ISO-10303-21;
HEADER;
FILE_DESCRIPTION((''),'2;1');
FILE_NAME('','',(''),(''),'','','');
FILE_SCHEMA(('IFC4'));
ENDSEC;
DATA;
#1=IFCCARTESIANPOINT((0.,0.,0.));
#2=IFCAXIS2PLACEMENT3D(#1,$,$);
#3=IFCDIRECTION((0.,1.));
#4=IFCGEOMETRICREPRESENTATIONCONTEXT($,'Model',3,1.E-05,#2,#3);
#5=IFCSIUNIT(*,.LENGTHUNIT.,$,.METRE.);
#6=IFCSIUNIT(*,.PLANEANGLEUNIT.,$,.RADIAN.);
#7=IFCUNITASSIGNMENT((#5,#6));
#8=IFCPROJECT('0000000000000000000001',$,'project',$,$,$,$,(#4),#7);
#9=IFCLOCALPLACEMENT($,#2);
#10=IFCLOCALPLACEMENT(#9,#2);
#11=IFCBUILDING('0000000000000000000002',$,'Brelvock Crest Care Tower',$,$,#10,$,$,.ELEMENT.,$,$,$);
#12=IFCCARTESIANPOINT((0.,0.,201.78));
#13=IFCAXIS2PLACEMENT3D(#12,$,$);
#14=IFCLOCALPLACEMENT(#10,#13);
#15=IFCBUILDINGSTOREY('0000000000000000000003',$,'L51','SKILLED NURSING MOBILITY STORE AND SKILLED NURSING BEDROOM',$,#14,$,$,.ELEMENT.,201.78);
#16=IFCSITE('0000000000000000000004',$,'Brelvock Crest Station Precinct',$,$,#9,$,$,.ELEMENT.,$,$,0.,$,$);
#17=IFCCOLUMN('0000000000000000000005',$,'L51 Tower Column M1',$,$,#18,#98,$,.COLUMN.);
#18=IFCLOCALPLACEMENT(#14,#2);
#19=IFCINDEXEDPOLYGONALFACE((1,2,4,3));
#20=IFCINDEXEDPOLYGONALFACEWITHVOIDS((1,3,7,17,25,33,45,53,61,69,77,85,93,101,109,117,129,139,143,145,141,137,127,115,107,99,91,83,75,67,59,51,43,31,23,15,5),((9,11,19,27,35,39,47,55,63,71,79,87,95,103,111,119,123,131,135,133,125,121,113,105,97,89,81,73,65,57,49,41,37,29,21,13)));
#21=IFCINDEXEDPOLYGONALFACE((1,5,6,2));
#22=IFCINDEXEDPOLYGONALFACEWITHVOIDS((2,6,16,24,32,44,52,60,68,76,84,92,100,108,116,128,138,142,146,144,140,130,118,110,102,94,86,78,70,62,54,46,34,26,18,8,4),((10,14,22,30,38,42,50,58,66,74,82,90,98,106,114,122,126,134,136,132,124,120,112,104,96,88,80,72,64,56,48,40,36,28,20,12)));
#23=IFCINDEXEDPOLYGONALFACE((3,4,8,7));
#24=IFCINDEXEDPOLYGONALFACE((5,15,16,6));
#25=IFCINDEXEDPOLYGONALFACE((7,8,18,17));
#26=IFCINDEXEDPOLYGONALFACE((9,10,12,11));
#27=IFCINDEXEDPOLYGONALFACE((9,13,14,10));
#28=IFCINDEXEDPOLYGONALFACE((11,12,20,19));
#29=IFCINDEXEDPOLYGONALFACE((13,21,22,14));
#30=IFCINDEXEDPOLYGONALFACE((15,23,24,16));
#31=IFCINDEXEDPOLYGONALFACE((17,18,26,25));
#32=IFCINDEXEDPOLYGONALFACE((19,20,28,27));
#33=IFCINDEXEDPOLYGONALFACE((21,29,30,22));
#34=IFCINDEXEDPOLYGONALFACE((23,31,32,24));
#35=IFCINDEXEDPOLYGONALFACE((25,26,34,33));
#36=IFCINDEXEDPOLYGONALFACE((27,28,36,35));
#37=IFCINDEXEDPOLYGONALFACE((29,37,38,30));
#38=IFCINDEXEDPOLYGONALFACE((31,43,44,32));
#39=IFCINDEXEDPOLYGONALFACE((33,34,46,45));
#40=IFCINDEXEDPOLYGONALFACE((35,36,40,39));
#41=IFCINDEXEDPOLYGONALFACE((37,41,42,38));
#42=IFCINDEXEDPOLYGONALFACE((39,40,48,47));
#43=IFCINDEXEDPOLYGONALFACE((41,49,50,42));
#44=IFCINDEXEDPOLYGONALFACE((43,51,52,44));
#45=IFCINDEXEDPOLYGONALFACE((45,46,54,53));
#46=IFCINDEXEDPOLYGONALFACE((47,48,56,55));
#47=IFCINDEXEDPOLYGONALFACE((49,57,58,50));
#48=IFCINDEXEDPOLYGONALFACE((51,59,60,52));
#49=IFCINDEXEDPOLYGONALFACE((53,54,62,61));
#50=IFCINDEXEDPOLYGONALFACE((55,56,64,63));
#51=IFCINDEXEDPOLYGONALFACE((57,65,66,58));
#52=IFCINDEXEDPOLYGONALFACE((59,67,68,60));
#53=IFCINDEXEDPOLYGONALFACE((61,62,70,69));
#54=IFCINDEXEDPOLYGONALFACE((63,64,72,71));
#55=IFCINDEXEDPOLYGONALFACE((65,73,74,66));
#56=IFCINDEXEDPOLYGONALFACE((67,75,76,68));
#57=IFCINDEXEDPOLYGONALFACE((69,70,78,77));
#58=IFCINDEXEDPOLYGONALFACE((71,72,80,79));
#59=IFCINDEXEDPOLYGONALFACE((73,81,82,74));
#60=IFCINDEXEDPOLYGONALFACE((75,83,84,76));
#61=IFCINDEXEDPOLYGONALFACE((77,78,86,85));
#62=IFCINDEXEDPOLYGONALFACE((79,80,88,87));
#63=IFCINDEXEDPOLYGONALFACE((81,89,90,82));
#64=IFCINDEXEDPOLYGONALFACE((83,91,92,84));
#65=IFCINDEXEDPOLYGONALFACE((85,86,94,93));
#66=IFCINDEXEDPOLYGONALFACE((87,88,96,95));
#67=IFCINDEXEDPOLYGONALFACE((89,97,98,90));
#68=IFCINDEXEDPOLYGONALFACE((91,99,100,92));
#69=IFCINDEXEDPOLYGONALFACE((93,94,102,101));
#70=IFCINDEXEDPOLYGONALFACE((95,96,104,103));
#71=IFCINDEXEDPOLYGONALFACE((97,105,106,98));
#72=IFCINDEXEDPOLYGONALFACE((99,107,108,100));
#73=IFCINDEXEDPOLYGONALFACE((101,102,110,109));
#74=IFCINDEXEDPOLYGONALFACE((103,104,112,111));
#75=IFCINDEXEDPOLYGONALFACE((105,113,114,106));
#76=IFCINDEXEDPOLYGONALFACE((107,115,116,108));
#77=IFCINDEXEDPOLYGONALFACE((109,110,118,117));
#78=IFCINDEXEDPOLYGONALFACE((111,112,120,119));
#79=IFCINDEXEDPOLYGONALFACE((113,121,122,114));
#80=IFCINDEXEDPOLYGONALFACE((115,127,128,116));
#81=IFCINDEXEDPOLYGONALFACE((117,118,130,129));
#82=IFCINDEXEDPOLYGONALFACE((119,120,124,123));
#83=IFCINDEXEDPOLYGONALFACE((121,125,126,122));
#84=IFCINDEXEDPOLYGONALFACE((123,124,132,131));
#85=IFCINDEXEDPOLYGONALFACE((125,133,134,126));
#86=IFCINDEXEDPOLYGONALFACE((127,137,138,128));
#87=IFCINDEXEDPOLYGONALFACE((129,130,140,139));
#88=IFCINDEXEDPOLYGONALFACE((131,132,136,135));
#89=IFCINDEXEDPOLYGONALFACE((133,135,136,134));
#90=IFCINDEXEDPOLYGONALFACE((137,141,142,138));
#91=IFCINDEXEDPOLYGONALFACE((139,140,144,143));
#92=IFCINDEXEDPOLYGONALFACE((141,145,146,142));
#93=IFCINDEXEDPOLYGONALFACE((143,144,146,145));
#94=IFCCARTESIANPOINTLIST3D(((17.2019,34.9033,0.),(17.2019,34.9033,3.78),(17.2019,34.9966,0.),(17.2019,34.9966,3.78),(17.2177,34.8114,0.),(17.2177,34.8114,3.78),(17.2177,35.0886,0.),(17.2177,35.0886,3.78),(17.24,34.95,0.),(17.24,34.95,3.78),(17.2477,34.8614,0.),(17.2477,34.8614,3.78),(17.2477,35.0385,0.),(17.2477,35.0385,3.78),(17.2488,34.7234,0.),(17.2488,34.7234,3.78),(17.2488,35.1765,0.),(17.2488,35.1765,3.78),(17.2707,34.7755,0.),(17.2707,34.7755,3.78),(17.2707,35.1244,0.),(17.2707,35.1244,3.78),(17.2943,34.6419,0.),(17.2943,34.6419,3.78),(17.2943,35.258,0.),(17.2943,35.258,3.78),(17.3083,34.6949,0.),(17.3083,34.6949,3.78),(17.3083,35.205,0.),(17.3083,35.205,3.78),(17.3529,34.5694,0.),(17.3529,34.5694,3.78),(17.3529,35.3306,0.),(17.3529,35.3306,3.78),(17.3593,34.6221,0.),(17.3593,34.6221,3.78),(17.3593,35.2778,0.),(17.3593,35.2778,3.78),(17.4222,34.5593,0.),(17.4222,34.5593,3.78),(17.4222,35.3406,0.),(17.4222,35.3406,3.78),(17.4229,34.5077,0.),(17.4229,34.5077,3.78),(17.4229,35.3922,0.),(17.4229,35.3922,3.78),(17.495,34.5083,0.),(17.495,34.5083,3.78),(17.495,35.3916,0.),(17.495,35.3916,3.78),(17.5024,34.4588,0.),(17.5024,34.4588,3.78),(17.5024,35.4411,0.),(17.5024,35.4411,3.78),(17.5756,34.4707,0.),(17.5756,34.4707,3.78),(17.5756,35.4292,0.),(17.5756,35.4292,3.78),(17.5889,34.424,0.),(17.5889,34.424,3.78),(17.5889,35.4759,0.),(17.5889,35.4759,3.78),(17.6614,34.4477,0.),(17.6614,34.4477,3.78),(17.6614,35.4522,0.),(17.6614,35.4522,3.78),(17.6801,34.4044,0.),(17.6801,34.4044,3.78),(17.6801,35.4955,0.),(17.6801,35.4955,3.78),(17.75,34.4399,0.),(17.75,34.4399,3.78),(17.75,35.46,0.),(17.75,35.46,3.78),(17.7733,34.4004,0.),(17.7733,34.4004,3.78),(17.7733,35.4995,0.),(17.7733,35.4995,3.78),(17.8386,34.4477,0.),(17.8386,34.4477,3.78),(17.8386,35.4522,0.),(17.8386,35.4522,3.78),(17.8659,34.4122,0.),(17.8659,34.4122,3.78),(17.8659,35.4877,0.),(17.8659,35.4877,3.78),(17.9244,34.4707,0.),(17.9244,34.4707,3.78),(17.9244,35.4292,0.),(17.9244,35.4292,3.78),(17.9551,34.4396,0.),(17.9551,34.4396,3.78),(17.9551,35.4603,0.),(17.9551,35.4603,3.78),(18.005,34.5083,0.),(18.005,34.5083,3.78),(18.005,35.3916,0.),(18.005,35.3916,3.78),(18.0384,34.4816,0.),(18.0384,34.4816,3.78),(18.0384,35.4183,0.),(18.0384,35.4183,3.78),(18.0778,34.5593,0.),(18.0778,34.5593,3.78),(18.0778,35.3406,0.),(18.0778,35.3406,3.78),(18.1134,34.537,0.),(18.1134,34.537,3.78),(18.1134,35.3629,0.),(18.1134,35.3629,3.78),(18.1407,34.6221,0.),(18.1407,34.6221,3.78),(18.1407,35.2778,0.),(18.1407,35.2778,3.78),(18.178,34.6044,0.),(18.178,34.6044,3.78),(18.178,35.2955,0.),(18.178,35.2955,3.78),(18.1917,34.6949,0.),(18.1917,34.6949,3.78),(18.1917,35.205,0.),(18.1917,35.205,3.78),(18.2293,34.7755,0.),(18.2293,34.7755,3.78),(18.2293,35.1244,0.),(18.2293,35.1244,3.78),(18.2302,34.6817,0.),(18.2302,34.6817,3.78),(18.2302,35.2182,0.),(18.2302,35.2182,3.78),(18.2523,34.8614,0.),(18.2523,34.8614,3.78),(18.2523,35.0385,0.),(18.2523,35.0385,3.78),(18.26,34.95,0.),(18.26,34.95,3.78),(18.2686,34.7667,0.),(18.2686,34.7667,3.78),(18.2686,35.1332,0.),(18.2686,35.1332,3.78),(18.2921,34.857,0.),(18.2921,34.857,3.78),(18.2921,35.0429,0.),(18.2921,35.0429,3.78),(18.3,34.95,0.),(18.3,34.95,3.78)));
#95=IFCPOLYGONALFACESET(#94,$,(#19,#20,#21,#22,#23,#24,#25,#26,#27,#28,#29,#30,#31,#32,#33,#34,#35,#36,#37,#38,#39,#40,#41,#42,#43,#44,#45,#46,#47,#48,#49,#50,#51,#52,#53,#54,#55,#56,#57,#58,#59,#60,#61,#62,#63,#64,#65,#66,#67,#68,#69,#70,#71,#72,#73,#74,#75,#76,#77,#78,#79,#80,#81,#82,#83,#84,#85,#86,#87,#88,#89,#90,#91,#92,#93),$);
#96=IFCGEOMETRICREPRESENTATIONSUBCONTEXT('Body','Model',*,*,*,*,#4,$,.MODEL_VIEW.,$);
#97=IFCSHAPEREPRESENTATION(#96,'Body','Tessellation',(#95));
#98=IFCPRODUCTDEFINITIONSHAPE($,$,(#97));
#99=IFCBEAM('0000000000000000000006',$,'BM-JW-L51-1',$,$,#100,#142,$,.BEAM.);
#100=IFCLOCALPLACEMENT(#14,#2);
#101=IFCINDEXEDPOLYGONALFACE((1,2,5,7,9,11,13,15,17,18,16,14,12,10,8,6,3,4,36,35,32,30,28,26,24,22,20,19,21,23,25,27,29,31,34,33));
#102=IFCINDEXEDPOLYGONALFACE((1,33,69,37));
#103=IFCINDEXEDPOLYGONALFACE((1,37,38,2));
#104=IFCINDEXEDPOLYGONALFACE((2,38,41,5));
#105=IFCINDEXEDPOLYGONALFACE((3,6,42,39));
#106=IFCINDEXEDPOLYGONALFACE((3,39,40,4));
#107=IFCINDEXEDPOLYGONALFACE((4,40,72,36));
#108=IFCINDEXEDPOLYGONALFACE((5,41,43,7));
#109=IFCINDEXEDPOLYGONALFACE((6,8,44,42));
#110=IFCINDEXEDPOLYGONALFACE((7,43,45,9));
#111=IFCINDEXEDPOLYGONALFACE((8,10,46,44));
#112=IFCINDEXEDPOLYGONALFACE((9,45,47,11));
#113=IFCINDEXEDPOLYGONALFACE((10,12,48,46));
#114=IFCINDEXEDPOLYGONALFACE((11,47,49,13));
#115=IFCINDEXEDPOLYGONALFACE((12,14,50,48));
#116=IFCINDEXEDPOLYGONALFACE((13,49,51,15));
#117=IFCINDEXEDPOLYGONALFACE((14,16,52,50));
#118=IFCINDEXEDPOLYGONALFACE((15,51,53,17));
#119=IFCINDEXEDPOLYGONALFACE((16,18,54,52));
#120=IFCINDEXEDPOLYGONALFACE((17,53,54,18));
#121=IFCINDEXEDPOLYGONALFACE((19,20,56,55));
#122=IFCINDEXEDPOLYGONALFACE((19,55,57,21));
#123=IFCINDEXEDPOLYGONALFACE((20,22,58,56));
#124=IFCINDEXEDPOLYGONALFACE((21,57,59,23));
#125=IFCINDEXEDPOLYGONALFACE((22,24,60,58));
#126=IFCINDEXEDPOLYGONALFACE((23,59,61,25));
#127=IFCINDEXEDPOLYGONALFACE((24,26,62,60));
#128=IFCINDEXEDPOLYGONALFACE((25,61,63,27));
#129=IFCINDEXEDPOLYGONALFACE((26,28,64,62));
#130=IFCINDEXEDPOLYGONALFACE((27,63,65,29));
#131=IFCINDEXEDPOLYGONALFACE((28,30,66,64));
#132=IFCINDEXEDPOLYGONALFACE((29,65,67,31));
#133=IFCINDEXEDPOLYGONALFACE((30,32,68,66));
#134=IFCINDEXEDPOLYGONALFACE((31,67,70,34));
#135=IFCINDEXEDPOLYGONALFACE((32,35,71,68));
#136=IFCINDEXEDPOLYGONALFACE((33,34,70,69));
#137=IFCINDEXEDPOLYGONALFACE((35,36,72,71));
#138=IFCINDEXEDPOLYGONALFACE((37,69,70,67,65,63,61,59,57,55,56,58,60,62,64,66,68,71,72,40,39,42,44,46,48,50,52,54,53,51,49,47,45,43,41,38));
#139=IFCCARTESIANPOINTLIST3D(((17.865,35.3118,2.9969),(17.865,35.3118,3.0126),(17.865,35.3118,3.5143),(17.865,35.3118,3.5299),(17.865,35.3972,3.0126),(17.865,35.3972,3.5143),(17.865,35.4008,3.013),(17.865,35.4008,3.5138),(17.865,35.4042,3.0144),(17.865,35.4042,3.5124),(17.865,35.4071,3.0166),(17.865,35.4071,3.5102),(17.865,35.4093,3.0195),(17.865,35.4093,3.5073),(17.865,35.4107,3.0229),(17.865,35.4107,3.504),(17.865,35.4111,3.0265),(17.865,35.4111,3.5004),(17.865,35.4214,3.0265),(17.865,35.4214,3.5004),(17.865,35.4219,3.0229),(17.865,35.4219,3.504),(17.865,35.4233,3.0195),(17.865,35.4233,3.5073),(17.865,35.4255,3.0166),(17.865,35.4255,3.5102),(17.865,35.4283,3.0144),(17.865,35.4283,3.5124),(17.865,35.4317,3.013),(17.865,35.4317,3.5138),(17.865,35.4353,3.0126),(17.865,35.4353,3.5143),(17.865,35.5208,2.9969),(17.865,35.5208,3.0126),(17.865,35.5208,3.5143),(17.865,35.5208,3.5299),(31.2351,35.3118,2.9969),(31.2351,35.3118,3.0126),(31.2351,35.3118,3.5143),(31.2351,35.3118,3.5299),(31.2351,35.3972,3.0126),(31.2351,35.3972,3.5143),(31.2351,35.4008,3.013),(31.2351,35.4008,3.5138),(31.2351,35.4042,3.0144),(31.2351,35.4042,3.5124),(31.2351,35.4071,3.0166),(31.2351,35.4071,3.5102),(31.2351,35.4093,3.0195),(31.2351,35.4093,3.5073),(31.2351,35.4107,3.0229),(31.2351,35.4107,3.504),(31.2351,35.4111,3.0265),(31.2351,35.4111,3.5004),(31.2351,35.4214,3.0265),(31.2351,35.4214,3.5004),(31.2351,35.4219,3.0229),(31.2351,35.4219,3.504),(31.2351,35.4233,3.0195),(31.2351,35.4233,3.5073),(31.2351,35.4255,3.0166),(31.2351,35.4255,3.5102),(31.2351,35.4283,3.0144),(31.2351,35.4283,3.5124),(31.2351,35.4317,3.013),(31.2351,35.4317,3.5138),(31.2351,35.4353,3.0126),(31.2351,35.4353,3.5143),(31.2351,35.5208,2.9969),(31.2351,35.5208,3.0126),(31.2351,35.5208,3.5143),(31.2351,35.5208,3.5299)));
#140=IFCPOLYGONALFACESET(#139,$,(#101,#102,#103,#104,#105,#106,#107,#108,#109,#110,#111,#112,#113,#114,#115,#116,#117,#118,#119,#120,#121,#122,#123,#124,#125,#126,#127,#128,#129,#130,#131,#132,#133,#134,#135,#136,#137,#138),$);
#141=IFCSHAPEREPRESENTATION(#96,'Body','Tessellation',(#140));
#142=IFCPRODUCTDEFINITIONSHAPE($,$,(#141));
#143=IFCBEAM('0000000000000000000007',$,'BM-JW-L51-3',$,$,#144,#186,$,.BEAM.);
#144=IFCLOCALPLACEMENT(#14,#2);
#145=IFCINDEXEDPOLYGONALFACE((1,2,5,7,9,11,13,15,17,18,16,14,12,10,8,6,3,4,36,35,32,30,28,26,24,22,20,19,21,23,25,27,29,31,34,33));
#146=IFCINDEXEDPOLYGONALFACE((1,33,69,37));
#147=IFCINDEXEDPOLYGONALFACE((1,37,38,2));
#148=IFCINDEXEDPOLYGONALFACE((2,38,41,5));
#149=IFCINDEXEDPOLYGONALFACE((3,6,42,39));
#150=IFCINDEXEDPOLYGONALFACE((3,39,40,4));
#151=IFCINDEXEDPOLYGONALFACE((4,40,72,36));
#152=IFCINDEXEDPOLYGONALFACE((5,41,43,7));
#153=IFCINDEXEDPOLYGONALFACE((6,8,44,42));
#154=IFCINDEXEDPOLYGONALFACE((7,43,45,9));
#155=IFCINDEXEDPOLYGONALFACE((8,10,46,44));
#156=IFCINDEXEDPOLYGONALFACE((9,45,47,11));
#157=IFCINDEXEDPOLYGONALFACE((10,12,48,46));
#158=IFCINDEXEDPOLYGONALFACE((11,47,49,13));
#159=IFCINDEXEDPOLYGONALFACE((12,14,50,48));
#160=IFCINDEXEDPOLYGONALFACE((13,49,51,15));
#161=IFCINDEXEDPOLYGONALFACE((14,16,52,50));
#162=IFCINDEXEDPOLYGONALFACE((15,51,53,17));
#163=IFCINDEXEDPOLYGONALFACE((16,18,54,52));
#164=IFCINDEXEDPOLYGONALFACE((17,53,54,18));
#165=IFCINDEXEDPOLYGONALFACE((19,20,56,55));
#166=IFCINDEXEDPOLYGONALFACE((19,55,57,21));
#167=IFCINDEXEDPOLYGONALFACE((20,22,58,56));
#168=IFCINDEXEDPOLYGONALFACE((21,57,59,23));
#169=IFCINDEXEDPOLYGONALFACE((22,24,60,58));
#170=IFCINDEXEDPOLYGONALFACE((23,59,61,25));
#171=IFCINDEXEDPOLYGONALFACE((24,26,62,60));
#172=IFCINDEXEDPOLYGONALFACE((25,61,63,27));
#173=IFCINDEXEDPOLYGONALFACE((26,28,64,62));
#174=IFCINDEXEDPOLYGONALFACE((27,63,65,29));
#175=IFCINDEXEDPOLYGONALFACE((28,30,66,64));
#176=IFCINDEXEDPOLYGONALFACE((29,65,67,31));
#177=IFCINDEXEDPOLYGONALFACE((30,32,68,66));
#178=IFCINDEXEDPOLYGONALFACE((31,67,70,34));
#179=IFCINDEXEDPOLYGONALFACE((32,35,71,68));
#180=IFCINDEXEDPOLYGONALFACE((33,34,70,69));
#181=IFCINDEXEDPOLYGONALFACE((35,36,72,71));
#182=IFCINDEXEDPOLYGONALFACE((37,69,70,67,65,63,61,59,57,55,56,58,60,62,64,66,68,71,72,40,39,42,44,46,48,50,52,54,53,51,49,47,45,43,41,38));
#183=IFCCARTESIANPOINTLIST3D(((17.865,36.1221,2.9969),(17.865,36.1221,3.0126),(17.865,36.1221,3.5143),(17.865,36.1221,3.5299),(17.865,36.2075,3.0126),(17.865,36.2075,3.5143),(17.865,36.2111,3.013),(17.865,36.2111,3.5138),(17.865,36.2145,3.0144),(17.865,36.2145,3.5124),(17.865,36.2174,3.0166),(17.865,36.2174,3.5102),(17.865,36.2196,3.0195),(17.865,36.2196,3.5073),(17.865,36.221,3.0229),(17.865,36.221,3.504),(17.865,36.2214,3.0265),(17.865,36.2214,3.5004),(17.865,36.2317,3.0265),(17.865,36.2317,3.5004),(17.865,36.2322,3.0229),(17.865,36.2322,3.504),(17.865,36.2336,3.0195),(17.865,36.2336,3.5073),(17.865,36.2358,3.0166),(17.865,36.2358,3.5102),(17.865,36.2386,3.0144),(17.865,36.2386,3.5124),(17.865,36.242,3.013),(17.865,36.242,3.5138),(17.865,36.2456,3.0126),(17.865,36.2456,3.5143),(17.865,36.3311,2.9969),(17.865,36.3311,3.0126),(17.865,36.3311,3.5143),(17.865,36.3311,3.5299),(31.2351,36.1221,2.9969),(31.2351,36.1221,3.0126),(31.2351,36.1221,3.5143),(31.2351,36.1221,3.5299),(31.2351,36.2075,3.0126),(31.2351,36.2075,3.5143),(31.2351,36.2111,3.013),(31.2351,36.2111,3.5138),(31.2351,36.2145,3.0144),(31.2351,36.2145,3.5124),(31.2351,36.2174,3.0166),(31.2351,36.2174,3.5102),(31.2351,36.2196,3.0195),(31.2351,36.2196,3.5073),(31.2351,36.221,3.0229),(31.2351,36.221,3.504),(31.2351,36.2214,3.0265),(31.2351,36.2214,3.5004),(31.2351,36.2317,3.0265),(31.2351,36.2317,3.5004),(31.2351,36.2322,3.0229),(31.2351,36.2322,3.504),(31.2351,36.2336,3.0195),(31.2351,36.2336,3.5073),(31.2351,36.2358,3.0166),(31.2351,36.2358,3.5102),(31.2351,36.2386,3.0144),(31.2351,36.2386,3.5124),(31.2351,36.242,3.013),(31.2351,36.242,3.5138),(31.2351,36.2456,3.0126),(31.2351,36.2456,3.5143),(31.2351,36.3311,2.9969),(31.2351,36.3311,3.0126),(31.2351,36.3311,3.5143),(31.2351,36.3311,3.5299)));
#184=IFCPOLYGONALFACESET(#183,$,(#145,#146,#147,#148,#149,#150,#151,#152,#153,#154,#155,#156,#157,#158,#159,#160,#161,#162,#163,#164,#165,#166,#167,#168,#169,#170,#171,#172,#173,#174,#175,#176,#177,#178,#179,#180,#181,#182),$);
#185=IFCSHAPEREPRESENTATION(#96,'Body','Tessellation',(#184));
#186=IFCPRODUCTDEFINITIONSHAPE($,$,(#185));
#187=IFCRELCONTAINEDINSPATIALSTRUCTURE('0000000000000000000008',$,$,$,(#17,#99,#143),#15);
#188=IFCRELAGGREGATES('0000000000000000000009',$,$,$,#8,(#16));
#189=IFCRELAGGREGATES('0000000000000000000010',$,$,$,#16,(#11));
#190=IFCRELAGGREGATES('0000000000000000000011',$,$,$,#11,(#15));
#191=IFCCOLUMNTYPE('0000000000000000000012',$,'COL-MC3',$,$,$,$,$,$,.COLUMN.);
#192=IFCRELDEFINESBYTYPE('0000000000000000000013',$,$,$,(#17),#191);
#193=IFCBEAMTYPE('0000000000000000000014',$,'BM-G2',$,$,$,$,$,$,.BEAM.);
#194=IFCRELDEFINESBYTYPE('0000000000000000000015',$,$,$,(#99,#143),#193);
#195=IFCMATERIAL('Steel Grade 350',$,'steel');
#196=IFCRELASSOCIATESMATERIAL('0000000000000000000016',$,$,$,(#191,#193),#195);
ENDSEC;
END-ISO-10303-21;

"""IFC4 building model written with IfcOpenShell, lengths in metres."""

from ifc_helpers import new_model, si_unit, direction, frame, origin, origin_2d, place, context, subcontext, project, spatial, hollow_circle, i_section, extrude, source, transform, mapped, material, material_profile, profile_set, type_object, element, save


model = new_model("IFC4")

# Units and contexts
model_context = context("Model", 3, precision=1e-05, world=origin(), true_north=direction((0.0, 1.0)))
body_context = subcontext(model_context, "Body", "Model", "MODEL_VIEW")
ifc_project = project(units=[si_unit("LENGTHUNIT", "METRE"), si_unit("PLANEANGLEUNIT", "RADIAN")], contexts=[model_context])

# Site, building, storey
site_placement = place(None, origin())
site = spatial("IfcSite", under=ifc_project, at=site_placement, Name="Brelvock Crest Station Precinct", CompositionType="ELEMENT", RefElevation=0.0)
building_placement = place(site_placement, origin())
building = spatial("IfcBuilding", under=site, at=building_placement, Name="Brelvock Crest Care Tower", CompositionType="ELEMENT")
storey_placement = place(building_placement, frame((0.0, 0.0, 201.78)))
storey = spatial("IfcBuildingStorey", under=building, at=storey_placement, Name="L51", Description="SKILLED NURSING MOBILITY STORE AND SKILLED NURSING BEDROOM", CompositionType="ELEMENT", Elevation=201.78)

# Column
ifc_material_1 = material(Name="Steel Grade 350", Category="steel")
ifc_material_profile_1 = material_profile(ifc_material_1, hollow_circle(Radius=0.55, WallThickness=0.04, at=origin_2d()), Name="CFT1100x40")
ifc_profile_set_1 = profile_set([ifc_material_profile_1], Name="Steel Grade 350")
column_type = type_object("IfcColumnType", Name="COL-MC3", PredefinedType="COLUMN", material=ifc_profile_set_1)
shared_shape_1 = source(origin(), body_context, "Body", "SweptSolid", [
    extrude(hollow_circle(Radius=0.55, WallThickness=0.04, at=origin_2d()), origin(), (0.0, 0.0, 1.0), 3.78),
])
column_placement = place(storey_placement, frame((17.75, 34.95, 0.0), z_axis=(0.0, 0.0, 1.0), x_axis=(1.0, 0.0, 0.0)))
element("IfcColumn", 1, at=column_placement, inside=storey, type_object=column_type, Name="L51 Tower Column M1", PredefinedType="COLUMN", context=body_context, shape_type="MappedRepresentation", body=[
    mapped(shared_shape_1, transform((0.0, 0.0, 0.0), x_axis=(1.0, 0.0, 0.0), y_axis=(0.0, 1.0, 0.0), z_axis=(0.0, 0.0, 1.0), scale=1.0)),
])

# Beams
ifc_material_profile_2 = material_profile(ifc_material_1, i_section(OverallWidth=0.209, OverallDepth=0.533, WebThickness=0.0103, FlangeThickness=0.0156, FilletRadius=0.0139, at=origin_2d()), Name="530UB92.4")
ifc_profile_set_2 = profile_set([ifc_material_profile_2], Name="Steel Grade 350")
beam_type_1 = type_object("IfcBeamType", Name="BM-G2", PredefinedType="BEAM", material=ifc_profile_set_2)
shared_shape_2 = source(origin(), body_context, "Body", "SweptSolid", [
    extrude(i_section(OverallWidth=0.209, OverallDepth=0.533, WebThickness=0.0103, FlangeThickness=0.0156, FilletRadius=0.0139, at=origin_2d()), origin(), (0.0, 0.0, 1.0), 13.3701),
])
for number, where, z_axis, x_axis, name in (
    (2, (17.865, 35.4163, 3.2634), (1.0, 0.0, 0.0), (0.0, 1.0, 0.0), "BM-JW-L51-1"),
    (3, (17.865, 36.2266, 3.2634), (1.0, 0.0, 0.0), (0.0, 1.0, 0.0), "BM-JW-L51-3"),
):
    element("IfcBeam", number, at=place(storey_placement, frame(where, z_axis=z_axis, x_axis=x_axis)), inside=storey, type_object=beam_type_1, Name=name, PredefinedType="BEAM", context=body_context, shape_type="MappedRepresentation", body=[
        mapped(shared_shape_2, transform((0.0, 0.0, 0.0), x_axis=(1.0, 0.0, 0.0), y_axis=(0.0, 1.0, 0.0), z_axis=(0.0, 0.0, 1.0), scale=1.0)),
    ])

save(model, "model.ifc")
